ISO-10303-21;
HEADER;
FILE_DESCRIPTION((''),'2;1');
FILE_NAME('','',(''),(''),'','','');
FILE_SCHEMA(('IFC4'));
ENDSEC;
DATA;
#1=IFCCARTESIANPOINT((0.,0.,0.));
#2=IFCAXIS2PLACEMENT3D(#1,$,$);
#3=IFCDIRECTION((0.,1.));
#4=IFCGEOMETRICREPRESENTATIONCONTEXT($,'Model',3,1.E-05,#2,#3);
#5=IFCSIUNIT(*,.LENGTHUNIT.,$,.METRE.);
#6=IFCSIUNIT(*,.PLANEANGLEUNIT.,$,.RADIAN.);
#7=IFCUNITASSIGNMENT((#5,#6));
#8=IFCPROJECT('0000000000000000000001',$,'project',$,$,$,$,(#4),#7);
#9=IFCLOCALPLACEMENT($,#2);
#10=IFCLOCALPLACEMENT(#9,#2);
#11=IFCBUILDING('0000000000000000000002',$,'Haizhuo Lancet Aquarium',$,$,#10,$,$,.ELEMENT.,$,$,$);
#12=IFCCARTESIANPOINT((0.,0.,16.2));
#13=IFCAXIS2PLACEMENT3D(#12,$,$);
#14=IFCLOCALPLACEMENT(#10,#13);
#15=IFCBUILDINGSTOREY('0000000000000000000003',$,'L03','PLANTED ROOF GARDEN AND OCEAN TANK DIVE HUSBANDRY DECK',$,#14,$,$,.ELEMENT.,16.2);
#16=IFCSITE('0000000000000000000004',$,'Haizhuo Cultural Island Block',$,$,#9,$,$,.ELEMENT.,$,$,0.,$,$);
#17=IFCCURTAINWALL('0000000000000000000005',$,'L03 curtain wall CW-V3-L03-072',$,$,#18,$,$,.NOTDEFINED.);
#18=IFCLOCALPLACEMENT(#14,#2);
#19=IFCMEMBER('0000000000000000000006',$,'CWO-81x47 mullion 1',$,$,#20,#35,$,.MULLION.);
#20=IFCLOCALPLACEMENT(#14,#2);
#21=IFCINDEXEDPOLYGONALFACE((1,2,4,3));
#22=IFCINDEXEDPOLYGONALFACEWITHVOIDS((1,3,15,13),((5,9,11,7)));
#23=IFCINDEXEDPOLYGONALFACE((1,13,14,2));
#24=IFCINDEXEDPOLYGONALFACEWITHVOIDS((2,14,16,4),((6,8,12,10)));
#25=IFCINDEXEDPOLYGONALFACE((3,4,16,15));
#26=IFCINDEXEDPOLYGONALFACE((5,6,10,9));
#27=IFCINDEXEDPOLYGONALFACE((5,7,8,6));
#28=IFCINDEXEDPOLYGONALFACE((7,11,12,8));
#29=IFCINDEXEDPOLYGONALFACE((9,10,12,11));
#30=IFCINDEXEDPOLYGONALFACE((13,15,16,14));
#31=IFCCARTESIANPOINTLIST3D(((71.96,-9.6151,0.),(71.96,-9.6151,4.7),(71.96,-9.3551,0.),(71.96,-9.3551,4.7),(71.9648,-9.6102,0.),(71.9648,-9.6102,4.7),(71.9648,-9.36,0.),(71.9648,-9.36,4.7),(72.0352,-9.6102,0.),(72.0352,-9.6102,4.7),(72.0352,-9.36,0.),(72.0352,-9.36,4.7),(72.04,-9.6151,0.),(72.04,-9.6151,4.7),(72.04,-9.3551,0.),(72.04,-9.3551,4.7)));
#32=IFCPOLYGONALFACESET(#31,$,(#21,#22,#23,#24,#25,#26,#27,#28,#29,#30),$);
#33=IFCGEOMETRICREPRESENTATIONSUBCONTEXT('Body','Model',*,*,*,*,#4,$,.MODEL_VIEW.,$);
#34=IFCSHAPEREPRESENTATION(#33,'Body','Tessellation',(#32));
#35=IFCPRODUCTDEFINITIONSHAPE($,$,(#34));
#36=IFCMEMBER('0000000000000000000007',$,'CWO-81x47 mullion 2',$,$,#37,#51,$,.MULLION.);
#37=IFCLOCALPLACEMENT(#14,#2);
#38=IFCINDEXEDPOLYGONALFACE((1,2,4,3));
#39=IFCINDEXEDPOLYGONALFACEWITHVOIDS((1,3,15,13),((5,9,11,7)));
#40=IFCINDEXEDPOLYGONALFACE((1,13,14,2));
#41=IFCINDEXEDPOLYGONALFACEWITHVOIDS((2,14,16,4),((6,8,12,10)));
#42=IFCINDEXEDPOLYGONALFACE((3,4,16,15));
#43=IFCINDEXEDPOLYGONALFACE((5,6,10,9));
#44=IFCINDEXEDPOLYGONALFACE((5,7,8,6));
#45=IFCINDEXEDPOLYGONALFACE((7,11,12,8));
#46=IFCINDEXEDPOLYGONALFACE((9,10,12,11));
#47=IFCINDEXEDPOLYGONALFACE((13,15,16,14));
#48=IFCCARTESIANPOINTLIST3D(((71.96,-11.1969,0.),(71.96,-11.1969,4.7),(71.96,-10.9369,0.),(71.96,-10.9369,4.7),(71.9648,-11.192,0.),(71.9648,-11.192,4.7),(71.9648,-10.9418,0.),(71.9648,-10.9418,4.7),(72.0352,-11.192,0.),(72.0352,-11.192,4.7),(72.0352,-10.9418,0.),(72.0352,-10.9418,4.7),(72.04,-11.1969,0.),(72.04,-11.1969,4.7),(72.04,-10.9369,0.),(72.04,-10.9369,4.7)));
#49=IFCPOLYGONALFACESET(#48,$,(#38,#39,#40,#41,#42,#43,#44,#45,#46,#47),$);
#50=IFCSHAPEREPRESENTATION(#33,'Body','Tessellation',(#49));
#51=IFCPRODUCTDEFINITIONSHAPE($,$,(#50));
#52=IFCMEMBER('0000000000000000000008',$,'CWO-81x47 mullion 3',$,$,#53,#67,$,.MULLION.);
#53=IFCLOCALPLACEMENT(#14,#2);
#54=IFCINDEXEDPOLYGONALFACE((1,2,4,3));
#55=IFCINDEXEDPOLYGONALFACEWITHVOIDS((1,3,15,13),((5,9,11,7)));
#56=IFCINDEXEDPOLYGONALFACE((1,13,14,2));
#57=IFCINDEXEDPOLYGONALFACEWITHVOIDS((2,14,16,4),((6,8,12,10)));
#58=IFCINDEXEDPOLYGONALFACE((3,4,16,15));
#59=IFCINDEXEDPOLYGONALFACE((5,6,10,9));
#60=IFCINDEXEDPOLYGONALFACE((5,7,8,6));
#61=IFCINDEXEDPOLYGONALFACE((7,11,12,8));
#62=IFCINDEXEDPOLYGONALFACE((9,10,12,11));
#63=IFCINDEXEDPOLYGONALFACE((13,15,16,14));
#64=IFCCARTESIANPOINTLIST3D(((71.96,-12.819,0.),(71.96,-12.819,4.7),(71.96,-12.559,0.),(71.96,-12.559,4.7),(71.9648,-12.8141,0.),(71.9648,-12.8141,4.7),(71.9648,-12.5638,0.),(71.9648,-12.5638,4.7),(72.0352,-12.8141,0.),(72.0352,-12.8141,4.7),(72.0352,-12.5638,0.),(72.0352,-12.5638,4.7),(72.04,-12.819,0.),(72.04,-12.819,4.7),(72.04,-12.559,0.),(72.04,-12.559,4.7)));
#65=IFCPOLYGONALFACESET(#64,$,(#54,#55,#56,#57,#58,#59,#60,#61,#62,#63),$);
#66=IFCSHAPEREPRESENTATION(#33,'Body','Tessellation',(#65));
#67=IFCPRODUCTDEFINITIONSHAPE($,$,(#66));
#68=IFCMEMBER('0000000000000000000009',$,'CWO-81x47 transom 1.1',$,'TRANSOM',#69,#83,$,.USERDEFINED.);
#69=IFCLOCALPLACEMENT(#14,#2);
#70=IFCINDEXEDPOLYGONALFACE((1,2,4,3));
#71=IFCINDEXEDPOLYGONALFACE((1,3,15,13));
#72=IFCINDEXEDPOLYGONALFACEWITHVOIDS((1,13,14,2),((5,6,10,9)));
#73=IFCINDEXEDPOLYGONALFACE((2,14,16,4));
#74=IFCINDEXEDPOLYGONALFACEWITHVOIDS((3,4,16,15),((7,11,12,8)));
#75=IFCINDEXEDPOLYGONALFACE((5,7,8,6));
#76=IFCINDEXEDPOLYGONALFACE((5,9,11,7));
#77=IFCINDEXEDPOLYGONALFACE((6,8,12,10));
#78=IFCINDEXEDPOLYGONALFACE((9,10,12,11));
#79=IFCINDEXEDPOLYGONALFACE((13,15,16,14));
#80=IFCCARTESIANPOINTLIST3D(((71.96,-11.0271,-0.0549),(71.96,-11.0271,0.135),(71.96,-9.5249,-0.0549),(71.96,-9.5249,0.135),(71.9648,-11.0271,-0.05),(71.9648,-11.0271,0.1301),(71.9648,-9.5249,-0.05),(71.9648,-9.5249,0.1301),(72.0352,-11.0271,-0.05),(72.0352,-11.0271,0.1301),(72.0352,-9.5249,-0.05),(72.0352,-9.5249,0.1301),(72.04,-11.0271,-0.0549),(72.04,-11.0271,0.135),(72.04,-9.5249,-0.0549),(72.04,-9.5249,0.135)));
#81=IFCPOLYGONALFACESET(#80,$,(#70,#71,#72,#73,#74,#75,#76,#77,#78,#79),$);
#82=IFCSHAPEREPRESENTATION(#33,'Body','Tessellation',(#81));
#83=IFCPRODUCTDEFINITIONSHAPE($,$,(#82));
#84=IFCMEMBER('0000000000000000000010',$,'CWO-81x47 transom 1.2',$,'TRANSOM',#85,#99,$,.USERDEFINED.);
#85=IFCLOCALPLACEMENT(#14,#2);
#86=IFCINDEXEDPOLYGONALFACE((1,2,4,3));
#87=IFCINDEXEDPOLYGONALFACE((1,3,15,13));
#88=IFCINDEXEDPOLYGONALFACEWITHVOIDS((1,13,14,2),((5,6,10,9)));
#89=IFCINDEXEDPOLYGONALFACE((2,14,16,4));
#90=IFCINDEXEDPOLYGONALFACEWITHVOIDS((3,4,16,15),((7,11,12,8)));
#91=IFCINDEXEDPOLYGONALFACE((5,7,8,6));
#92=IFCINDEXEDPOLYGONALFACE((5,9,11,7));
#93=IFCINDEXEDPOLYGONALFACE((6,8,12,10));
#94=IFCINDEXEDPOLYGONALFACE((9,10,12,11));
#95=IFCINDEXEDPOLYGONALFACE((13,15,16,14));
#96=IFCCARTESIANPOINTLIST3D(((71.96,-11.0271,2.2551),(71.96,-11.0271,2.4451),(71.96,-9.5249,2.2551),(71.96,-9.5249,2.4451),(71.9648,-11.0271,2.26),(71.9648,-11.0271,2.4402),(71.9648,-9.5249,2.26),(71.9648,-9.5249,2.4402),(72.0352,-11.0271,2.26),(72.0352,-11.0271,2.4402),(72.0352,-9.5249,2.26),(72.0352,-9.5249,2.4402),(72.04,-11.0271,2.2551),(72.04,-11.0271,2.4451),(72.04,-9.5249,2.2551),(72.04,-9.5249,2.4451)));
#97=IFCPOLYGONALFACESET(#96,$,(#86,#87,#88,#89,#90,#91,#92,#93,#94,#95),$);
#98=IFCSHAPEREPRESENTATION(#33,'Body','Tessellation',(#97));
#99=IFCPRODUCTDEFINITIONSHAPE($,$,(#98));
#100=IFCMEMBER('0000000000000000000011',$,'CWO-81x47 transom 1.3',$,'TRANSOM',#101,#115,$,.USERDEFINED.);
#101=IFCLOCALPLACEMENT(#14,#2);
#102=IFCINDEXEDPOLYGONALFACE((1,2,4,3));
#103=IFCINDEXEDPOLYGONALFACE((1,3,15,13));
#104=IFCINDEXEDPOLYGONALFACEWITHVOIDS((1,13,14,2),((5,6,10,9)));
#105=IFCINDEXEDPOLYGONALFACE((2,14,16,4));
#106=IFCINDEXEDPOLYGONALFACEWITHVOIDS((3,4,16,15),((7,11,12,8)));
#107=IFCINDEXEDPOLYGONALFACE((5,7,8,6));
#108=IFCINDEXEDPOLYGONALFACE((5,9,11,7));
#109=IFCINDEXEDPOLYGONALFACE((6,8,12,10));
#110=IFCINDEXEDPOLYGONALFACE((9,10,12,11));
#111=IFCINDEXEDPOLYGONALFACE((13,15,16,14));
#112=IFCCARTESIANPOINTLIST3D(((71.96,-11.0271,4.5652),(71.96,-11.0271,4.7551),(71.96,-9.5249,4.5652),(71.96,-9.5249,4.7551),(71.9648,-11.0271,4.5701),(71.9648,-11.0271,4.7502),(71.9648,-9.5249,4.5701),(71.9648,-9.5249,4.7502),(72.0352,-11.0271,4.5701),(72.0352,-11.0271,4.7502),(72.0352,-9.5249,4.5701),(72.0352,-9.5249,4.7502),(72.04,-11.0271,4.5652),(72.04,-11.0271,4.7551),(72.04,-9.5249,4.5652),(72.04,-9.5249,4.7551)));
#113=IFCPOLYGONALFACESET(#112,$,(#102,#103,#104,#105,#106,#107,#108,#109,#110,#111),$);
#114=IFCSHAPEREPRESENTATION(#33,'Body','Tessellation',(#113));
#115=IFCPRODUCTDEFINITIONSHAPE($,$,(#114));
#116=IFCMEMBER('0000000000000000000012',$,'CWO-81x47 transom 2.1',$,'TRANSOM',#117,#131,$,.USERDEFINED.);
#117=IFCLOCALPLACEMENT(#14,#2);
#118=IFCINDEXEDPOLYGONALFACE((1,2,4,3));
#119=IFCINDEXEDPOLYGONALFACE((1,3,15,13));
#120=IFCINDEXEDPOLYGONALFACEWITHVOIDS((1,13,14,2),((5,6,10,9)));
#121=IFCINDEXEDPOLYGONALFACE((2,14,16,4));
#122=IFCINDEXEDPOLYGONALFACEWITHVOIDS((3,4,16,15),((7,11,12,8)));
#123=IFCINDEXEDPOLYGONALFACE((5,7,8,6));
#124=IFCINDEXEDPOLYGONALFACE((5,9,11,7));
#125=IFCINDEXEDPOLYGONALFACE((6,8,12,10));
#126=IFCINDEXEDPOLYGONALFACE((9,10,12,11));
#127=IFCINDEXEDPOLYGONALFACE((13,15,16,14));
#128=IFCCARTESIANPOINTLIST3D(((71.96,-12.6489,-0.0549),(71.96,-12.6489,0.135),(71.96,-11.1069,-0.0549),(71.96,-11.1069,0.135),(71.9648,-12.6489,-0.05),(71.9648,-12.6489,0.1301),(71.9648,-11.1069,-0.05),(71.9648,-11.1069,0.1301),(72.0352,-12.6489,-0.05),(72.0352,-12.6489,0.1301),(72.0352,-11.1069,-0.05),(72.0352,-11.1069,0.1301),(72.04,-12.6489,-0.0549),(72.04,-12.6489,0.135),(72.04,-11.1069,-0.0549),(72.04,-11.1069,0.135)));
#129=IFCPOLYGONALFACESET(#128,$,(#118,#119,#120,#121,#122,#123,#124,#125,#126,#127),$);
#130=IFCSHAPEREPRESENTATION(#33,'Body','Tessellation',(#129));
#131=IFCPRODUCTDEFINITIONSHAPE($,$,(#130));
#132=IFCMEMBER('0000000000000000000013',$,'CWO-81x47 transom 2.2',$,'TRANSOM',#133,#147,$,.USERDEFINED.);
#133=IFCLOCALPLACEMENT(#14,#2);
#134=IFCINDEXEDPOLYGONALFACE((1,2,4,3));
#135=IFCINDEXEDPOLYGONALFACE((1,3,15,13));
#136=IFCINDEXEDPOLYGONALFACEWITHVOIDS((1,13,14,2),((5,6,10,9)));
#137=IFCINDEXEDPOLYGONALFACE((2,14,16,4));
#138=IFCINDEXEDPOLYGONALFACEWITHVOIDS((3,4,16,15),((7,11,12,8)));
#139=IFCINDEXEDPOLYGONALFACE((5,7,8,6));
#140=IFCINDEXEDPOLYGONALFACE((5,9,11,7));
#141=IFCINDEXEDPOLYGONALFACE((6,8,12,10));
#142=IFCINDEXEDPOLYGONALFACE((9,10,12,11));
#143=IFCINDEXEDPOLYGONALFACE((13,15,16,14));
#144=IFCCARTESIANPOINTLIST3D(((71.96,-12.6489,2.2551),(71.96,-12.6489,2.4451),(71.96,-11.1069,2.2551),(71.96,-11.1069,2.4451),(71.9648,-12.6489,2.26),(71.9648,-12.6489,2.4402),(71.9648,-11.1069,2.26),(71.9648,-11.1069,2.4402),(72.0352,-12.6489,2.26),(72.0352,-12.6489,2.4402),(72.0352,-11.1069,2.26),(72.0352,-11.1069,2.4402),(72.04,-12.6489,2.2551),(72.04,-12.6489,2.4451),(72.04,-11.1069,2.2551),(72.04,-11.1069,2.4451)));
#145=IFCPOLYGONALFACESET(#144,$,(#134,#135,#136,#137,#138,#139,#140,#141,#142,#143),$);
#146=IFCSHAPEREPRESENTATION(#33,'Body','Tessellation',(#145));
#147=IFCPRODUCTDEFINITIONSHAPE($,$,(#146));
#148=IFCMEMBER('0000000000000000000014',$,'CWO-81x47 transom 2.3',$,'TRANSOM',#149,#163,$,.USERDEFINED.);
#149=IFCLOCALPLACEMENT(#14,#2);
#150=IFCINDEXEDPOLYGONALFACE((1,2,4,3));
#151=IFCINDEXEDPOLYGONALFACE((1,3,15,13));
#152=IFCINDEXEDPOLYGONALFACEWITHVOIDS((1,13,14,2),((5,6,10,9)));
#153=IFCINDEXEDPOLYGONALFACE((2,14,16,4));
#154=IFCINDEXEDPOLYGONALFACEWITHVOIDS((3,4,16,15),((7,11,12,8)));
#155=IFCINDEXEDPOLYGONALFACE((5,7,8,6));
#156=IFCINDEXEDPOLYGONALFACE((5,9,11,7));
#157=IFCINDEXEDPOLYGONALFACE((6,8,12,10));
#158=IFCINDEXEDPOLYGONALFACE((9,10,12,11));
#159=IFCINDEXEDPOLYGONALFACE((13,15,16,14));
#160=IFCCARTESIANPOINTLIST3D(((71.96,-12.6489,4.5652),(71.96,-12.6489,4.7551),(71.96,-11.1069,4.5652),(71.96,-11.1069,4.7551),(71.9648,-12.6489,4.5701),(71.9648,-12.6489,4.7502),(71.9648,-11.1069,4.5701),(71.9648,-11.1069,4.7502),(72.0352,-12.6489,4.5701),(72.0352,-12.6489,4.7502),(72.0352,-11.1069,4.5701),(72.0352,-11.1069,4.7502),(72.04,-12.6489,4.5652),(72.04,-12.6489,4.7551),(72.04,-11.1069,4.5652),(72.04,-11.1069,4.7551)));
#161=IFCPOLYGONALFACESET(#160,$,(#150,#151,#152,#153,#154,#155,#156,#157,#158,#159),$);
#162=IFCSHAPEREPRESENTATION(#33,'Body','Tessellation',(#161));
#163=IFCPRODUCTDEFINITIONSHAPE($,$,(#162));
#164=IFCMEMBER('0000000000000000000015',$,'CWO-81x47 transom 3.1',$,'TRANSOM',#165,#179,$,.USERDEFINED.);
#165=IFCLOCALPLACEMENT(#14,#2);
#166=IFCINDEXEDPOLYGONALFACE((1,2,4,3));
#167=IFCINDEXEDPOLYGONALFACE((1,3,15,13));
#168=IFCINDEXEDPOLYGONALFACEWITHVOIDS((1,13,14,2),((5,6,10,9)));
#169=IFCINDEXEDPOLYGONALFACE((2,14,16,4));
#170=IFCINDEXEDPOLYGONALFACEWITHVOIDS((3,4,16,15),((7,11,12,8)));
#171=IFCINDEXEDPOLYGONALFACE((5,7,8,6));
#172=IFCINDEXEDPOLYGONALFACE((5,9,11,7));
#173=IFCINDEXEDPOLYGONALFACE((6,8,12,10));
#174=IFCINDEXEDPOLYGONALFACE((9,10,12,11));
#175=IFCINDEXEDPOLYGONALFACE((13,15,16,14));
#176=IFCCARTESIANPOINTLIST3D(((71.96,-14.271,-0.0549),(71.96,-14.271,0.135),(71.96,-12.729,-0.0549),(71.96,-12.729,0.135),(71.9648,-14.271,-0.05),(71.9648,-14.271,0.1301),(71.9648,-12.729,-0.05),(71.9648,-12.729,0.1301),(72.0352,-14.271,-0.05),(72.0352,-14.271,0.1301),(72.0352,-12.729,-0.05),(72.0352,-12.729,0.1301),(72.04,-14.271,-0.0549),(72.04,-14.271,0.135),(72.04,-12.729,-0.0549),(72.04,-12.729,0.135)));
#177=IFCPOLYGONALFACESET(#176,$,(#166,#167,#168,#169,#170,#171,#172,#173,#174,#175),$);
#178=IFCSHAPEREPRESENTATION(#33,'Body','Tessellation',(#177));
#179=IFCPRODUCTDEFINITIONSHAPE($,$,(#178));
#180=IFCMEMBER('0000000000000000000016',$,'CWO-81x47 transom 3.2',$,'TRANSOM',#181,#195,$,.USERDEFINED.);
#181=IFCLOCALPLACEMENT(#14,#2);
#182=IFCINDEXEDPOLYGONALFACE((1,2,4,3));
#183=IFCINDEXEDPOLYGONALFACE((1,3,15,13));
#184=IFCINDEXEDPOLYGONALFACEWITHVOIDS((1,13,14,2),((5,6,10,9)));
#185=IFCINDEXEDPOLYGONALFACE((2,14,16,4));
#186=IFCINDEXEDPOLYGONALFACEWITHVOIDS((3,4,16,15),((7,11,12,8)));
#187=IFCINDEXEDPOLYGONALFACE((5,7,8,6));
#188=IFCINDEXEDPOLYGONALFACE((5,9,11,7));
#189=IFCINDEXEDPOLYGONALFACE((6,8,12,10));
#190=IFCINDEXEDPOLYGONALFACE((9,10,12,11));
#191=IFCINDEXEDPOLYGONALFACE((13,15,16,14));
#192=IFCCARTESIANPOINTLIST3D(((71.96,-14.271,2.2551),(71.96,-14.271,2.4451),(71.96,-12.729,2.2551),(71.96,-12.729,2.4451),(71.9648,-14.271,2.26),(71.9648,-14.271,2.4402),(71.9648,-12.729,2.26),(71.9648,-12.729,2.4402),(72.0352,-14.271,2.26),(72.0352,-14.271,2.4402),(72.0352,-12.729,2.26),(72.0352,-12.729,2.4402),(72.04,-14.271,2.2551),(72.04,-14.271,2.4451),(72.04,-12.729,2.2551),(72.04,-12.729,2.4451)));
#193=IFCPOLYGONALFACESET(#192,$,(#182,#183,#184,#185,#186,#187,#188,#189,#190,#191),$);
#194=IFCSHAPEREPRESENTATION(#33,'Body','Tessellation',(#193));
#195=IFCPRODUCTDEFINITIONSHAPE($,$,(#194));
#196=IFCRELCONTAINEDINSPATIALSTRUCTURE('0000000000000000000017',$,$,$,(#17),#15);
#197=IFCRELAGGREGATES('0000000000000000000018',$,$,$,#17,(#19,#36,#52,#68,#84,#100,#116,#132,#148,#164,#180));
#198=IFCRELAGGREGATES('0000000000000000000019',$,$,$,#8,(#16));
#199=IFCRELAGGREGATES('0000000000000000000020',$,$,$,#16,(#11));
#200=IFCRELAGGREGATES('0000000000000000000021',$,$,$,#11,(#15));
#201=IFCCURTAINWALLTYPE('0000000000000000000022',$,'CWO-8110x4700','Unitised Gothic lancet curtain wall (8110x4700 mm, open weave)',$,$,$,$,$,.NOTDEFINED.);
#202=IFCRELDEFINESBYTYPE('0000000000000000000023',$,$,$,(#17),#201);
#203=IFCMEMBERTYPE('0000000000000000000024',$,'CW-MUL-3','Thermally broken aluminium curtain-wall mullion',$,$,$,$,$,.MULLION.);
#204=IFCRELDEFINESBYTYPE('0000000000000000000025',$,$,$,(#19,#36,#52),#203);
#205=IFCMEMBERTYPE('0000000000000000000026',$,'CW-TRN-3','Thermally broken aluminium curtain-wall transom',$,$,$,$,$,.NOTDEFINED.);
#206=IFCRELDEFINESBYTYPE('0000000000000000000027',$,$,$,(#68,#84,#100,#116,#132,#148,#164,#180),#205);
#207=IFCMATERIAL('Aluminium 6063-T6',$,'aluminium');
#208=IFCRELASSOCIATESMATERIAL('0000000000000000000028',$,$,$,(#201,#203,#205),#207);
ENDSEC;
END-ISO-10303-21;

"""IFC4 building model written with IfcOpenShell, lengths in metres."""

from ifc_helpers import new_model, si_unit, direction, frame, origin, origin_2d, place, context, subcontext, project, spatial, hollow_rectangle, extrude, material, material_profile, profile_set, type_object, element, aggregate, save


model = new_model("IFC4")

# Units and contexts
model_context = context("Model", 3, precision=1e-05, world=origin(), true_north=direction((0.0, 1.0)))
body_context = subcontext(model_context, "Body", "Model", "MODEL_VIEW")
ifc_project = project(units=[si_unit("LENGTHUNIT", "METRE"), si_unit("PLANEANGLEUNIT", "RADIAN")], contexts=[model_context])

# Site, building, storey
site_placement = place(None, origin())
site = spatial("IfcSite", under=ifc_project, at=site_placement, Name="Haizhuo Cultural Island Block", CompositionType="ELEMENT", RefElevation=0.0)
building_placement = place(site_placement, origin())
building = spatial("IfcBuilding", under=site, at=building_placement, Name="Haizhuo Lancet Aquarium", CompositionType="ELEMENT")
storey_placement = place(building_placement, frame((0.0, 0.0, 16.2)))
storey = spatial("IfcBuildingStorey", under=building, at=storey_placement, Name="L03", Description="PLANTED ROOF GARDEN AND OCEAN TANK DIVE HUSBANDRY DECK", CompositionType="ELEMENT", Elevation=16.2)

# Curtain wall, members
ifc_material_1 = material(Name="Aluminium 6063-T6", Category="aluminium")
curtain_wall_type = type_object("IfcCurtainWallType", Name="CWO-8110x4700", Description="Unitised Gothic lancet curtain wall (8110x4700 mm, open weave)", PredefinedType="NOTDEFINED", material=ifc_material_1)
curtain_wall_placement = place(storey_placement, origin())
curtain_wall = element("IfcCurtainWall", 1, at=curtain_wall_placement, inside=storey, type_object=curtain_wall_type, Name="L03 curtain wall CW-V3-L03-072", PredefinedType="NOTDEFINED")
ifc_material_profile_1 = material_profile(ifc_material_1, hollow_rectangle(XDim=0.0801, YDim=0.26, WallThickness=0.0049, at=origin_2d()), Name="ALU-M 80x260x5")
ifc_profile_set_1 = profile_set([ifc_material_profile_1], Name="Aluminium 6063-T6")
member_type_1 = type_object("IfcMemberType", Name="CW-MUL-3", Description="Thermally broken aluminium curtain-wall mullion", PredefinedType="MULLION", material=ifc_profile_set_1)
member_1_placement = place(storey_placement, frame((72.0, -9.4851, 0.0), z_axis=(0.0, 0.0, 1.0), x_axis=(1.0, 0.0, 0.0)))
member_1 = element("IfcMember", 2, at=member_1_placement, type_object=member_type_1, Name="CWO-81x47 mullion 1", PredefinedType="MULLION", context=body_context, shape_type="SweptSolid", body=[
    extrude(hollow_rectangle(XDim=0.0801, YDim=0.26, WallThickness=0.0049, at=origin_2d()), origin(), (0.0, 0.0, 1.0), 4.7),
])
member_2_placement = place(storey_placement, frame((72.0, -11.0669, 0.0), z_axis=(0.0, 0.0, 1.0), x_axis=(1.0, 0.0, 0.0)))
member_2 = element("IfcMember", 3, at=member_2_placement, type_object=member_type_1, Name="CWO-81x47 mullion 2", PredefinedType="MULLION", context=body_context, shape_type="SweptSolid", body=[
    extrude(hollow_rectangle(XDim=0.0801, YDim=0.26, WallThickness=0.0049, at=origin_2d()), origin(), (0.0, 0.0, 1.0), 4.7),
])
member_3_placement = place(storey_placement, frame((72.0, -12.689, 0.0), z_axis=(0.0, 0.0, 1.0), x_axis=(1.0, 0.0, 0.0)))
member_3 = element("IfcMember", 4, at=member_3_placement, type_object=member_type_1, Name="CWO-81x47 mullion 3", PredefinedType="MULLION", context=body_context, shape_type="SweptSolid", body=[
    extrude(hollow_rectangle(XDim=0.0801, YDim=0.26, WallThickness=0.0049, at=origin_2d()), origin(), (0.0, 0.0, 1.0), 4.7),
])
ifc_material_profile_2 = material_profile(ifc_material_1, hollow_rectangle(XDim=0.0801, YDim=0.1899, WallThickness=0.0049, at=origin_2d()), Name="ALU-T 80x190x5")
ifc_profile_set_2 = profile_set([ifc_material_profile_2], Name="Aluminium 6063-T6")
member_type_2 = type_object("IfcMemberType", Name="CW-TRN-3", Description="Thermally broken aluminium curtain-wall transom", PredefinedType="NOTDEFINED", material=ifc_profile_set_2)
member_4_placement = place(storey_placement, frame((72.0, -9.5249, 0.04), z_axis=(0.0, -1.0, 0.0), x_axis=(1.0, 0.0, 0.0)))
member_4 = element("IfcMember", 5, at=member_4_placement, type_object=member_type_2, Name="CWO-81x47 transom 1.1", ObjectType="TRANSOM", PredefinedType="USERDEFINED", context=body_context, shape_type="SweptSolid", body=[
    extrude(hollow_rectangle(XDim=0.0801, YDim=0.1899, WallThickness=0.0049, at=origin_2d()), origin(), (0.0, 0.0, 1.0), 1.5022),
])
member_5_placement = place(storey_placement, frame((72.0, -9.5249, 2.3501), z_axis=(0.0, -1.0, 0.0), x_axis=(1.0, 0.0, 0.0)))
member_5 = element("IfcMember", 6, at=member_5_placement, type_object=member_type_2, Name="CWO-81x47 transom 1.2", ObjectType="TRANSOM", PredefinedType="USERDEFINED", context=body_context, shape_type="SweptSolid", body=[
    extrude(hollow_rectangle(XDim=0.0801, YDim=0.1899, WallThickness=0.0049, at=origin_2d()), origin(), (0.0, 0.0, 1.0), 1.5022),
])
member_6_placement = place(storey_placement, frame((72.0, -9.5249, 4.6602), z_axis=(0.0, -1.0, 0.0), x_axis=(1.0, 0.0, 0.0)))
member_6 = element("IfcMember", 7, at=member_6_placement, type_object=member_type_2, Name="CWO-81x47 transom 1.3", ObjectType="TRANSOM", PredefinedType="USERDEFINED", context=body_context, shape_type="SweptSolid", body=[
    extrude(hollow_rectangle(XDim=0.0801, YDim=0.1899, WallThickness=0.0049, at=origin_2d()), origin(), (0.0, 0.0, 1.0), 1.5022),
])
member_7_placement = place(storey_placement, frame((72.0, -11.1069, 0.04), z_axis=(0.0, -1.0, 0.0), x_axis=(1.0, 0.0, 0.0)))
member_7 = element("IfcMember", 8, at=member_7_placement, type_object=member_type_2, Name="CWO-81x47 transom 2.1", ObjectType="TRANSOM", PredefinedType="USERDEFINED", context=body_context, shape_type="SweptSolid", body=[
    extrude(hollow_rectangle(XDim=0.0801, YDim=0.1899, WallThickness=0.0049, at=origin_2d()), origin(), (0.0, 0.0, 1.0), 1.542),
])
member_8_placement = place(storey_placement, frame((72.0, -11.1069, 2.3501), z_axis=(0.0, -1.0, 0.0), x_axis=(1.0, 0.0, 0.0)))
member_8 = element("IfcMember", 9, at=member_8_placement, type_object=member_type_2, Name="CWO-81x47 transom 2.2", ObjectType="TRANSOM", PredefinedType="USERDEFINED", context=body_context, shape_type="SweptSolid", body=[
    extrude(hollow_rectangle(XDim=0.0801, YDim=0.1899, WallThickness=0.0049, at=origin_2d()), origin(), (0.0, 0.0, 1.0), 1.542),
])
member_9_placement = place(storey_placement, frame((72.0, -11.1069, 4.6602), z_axis=(0.0, -1.0, 0.0), x_axis=(1.0, 0.0, 0.0)))
member_9 = element("IfcMember", 10, at=member_9_placement, type_object=member_type_2, Name="CWO-81x47 transom 2.3", ObjectType="TRANSOM", PredefinedType="USERDEFINED", context=body_context, shape_type="SweptSolid", body=[
    extrude(hollow_rectangle(XDim=0.0801, YDim=0.1899, WallThickness=0.0049, at=origin_2d()), origin(), (0.0, 0.0, 1.0), 1.542),
])
member_10_placement = place(storey_placement, frame((72.0, -12.729, 0.04), z_axis=(0.0, -1.0, 0.0), x_axis=(1.0, 0.0, 0.0)))
member_10 = element("IfcMember", 11, at=member_10_placement, type_object=member_type_2, Name="CWO-81x47 transom 3.1", ObjectType="TRANSOM", PredefinedType="USERDEFINED", context=body_context, shape_type="SweptSolid", body=[
    extrude(hollow_rectangle(XDim=0.0801, YDim=0.1899, WallThickness=0.0049, at=origin_2d()), origin(), (0.0, 0.0, 1.0), 1.542),
])
member_11_placement = place(storey_placement, frame((72.0, -12.729, 2.3501), z_axis=(0.0, -1.0, 0.0), x_axis=(1.0, 0.0, 0.0)))
member_11 = element("IfcMember", 12, at=member_11_placement, type_object=member_type_2, Name="CWO-81x47 transom 3.2", ObjectType="TRANSOM", PredefinedType="USERDEFINED", context=body_context, shape_type="SweptSolid", body=[
    extrude(hollow_rectangle(XDim=0.0801, YDim=0.1899, WallThickness=0.0049, at=origin_2d()), origin(), (0.0, 0.0, 1.0), 1.542),
])

aggregate(curtain_wall, [member_1, member_2, member_3, member_4, member_5, member_6, member_7, member_8, member_9, member_10, member_11])

save(model, "model.ifc")
